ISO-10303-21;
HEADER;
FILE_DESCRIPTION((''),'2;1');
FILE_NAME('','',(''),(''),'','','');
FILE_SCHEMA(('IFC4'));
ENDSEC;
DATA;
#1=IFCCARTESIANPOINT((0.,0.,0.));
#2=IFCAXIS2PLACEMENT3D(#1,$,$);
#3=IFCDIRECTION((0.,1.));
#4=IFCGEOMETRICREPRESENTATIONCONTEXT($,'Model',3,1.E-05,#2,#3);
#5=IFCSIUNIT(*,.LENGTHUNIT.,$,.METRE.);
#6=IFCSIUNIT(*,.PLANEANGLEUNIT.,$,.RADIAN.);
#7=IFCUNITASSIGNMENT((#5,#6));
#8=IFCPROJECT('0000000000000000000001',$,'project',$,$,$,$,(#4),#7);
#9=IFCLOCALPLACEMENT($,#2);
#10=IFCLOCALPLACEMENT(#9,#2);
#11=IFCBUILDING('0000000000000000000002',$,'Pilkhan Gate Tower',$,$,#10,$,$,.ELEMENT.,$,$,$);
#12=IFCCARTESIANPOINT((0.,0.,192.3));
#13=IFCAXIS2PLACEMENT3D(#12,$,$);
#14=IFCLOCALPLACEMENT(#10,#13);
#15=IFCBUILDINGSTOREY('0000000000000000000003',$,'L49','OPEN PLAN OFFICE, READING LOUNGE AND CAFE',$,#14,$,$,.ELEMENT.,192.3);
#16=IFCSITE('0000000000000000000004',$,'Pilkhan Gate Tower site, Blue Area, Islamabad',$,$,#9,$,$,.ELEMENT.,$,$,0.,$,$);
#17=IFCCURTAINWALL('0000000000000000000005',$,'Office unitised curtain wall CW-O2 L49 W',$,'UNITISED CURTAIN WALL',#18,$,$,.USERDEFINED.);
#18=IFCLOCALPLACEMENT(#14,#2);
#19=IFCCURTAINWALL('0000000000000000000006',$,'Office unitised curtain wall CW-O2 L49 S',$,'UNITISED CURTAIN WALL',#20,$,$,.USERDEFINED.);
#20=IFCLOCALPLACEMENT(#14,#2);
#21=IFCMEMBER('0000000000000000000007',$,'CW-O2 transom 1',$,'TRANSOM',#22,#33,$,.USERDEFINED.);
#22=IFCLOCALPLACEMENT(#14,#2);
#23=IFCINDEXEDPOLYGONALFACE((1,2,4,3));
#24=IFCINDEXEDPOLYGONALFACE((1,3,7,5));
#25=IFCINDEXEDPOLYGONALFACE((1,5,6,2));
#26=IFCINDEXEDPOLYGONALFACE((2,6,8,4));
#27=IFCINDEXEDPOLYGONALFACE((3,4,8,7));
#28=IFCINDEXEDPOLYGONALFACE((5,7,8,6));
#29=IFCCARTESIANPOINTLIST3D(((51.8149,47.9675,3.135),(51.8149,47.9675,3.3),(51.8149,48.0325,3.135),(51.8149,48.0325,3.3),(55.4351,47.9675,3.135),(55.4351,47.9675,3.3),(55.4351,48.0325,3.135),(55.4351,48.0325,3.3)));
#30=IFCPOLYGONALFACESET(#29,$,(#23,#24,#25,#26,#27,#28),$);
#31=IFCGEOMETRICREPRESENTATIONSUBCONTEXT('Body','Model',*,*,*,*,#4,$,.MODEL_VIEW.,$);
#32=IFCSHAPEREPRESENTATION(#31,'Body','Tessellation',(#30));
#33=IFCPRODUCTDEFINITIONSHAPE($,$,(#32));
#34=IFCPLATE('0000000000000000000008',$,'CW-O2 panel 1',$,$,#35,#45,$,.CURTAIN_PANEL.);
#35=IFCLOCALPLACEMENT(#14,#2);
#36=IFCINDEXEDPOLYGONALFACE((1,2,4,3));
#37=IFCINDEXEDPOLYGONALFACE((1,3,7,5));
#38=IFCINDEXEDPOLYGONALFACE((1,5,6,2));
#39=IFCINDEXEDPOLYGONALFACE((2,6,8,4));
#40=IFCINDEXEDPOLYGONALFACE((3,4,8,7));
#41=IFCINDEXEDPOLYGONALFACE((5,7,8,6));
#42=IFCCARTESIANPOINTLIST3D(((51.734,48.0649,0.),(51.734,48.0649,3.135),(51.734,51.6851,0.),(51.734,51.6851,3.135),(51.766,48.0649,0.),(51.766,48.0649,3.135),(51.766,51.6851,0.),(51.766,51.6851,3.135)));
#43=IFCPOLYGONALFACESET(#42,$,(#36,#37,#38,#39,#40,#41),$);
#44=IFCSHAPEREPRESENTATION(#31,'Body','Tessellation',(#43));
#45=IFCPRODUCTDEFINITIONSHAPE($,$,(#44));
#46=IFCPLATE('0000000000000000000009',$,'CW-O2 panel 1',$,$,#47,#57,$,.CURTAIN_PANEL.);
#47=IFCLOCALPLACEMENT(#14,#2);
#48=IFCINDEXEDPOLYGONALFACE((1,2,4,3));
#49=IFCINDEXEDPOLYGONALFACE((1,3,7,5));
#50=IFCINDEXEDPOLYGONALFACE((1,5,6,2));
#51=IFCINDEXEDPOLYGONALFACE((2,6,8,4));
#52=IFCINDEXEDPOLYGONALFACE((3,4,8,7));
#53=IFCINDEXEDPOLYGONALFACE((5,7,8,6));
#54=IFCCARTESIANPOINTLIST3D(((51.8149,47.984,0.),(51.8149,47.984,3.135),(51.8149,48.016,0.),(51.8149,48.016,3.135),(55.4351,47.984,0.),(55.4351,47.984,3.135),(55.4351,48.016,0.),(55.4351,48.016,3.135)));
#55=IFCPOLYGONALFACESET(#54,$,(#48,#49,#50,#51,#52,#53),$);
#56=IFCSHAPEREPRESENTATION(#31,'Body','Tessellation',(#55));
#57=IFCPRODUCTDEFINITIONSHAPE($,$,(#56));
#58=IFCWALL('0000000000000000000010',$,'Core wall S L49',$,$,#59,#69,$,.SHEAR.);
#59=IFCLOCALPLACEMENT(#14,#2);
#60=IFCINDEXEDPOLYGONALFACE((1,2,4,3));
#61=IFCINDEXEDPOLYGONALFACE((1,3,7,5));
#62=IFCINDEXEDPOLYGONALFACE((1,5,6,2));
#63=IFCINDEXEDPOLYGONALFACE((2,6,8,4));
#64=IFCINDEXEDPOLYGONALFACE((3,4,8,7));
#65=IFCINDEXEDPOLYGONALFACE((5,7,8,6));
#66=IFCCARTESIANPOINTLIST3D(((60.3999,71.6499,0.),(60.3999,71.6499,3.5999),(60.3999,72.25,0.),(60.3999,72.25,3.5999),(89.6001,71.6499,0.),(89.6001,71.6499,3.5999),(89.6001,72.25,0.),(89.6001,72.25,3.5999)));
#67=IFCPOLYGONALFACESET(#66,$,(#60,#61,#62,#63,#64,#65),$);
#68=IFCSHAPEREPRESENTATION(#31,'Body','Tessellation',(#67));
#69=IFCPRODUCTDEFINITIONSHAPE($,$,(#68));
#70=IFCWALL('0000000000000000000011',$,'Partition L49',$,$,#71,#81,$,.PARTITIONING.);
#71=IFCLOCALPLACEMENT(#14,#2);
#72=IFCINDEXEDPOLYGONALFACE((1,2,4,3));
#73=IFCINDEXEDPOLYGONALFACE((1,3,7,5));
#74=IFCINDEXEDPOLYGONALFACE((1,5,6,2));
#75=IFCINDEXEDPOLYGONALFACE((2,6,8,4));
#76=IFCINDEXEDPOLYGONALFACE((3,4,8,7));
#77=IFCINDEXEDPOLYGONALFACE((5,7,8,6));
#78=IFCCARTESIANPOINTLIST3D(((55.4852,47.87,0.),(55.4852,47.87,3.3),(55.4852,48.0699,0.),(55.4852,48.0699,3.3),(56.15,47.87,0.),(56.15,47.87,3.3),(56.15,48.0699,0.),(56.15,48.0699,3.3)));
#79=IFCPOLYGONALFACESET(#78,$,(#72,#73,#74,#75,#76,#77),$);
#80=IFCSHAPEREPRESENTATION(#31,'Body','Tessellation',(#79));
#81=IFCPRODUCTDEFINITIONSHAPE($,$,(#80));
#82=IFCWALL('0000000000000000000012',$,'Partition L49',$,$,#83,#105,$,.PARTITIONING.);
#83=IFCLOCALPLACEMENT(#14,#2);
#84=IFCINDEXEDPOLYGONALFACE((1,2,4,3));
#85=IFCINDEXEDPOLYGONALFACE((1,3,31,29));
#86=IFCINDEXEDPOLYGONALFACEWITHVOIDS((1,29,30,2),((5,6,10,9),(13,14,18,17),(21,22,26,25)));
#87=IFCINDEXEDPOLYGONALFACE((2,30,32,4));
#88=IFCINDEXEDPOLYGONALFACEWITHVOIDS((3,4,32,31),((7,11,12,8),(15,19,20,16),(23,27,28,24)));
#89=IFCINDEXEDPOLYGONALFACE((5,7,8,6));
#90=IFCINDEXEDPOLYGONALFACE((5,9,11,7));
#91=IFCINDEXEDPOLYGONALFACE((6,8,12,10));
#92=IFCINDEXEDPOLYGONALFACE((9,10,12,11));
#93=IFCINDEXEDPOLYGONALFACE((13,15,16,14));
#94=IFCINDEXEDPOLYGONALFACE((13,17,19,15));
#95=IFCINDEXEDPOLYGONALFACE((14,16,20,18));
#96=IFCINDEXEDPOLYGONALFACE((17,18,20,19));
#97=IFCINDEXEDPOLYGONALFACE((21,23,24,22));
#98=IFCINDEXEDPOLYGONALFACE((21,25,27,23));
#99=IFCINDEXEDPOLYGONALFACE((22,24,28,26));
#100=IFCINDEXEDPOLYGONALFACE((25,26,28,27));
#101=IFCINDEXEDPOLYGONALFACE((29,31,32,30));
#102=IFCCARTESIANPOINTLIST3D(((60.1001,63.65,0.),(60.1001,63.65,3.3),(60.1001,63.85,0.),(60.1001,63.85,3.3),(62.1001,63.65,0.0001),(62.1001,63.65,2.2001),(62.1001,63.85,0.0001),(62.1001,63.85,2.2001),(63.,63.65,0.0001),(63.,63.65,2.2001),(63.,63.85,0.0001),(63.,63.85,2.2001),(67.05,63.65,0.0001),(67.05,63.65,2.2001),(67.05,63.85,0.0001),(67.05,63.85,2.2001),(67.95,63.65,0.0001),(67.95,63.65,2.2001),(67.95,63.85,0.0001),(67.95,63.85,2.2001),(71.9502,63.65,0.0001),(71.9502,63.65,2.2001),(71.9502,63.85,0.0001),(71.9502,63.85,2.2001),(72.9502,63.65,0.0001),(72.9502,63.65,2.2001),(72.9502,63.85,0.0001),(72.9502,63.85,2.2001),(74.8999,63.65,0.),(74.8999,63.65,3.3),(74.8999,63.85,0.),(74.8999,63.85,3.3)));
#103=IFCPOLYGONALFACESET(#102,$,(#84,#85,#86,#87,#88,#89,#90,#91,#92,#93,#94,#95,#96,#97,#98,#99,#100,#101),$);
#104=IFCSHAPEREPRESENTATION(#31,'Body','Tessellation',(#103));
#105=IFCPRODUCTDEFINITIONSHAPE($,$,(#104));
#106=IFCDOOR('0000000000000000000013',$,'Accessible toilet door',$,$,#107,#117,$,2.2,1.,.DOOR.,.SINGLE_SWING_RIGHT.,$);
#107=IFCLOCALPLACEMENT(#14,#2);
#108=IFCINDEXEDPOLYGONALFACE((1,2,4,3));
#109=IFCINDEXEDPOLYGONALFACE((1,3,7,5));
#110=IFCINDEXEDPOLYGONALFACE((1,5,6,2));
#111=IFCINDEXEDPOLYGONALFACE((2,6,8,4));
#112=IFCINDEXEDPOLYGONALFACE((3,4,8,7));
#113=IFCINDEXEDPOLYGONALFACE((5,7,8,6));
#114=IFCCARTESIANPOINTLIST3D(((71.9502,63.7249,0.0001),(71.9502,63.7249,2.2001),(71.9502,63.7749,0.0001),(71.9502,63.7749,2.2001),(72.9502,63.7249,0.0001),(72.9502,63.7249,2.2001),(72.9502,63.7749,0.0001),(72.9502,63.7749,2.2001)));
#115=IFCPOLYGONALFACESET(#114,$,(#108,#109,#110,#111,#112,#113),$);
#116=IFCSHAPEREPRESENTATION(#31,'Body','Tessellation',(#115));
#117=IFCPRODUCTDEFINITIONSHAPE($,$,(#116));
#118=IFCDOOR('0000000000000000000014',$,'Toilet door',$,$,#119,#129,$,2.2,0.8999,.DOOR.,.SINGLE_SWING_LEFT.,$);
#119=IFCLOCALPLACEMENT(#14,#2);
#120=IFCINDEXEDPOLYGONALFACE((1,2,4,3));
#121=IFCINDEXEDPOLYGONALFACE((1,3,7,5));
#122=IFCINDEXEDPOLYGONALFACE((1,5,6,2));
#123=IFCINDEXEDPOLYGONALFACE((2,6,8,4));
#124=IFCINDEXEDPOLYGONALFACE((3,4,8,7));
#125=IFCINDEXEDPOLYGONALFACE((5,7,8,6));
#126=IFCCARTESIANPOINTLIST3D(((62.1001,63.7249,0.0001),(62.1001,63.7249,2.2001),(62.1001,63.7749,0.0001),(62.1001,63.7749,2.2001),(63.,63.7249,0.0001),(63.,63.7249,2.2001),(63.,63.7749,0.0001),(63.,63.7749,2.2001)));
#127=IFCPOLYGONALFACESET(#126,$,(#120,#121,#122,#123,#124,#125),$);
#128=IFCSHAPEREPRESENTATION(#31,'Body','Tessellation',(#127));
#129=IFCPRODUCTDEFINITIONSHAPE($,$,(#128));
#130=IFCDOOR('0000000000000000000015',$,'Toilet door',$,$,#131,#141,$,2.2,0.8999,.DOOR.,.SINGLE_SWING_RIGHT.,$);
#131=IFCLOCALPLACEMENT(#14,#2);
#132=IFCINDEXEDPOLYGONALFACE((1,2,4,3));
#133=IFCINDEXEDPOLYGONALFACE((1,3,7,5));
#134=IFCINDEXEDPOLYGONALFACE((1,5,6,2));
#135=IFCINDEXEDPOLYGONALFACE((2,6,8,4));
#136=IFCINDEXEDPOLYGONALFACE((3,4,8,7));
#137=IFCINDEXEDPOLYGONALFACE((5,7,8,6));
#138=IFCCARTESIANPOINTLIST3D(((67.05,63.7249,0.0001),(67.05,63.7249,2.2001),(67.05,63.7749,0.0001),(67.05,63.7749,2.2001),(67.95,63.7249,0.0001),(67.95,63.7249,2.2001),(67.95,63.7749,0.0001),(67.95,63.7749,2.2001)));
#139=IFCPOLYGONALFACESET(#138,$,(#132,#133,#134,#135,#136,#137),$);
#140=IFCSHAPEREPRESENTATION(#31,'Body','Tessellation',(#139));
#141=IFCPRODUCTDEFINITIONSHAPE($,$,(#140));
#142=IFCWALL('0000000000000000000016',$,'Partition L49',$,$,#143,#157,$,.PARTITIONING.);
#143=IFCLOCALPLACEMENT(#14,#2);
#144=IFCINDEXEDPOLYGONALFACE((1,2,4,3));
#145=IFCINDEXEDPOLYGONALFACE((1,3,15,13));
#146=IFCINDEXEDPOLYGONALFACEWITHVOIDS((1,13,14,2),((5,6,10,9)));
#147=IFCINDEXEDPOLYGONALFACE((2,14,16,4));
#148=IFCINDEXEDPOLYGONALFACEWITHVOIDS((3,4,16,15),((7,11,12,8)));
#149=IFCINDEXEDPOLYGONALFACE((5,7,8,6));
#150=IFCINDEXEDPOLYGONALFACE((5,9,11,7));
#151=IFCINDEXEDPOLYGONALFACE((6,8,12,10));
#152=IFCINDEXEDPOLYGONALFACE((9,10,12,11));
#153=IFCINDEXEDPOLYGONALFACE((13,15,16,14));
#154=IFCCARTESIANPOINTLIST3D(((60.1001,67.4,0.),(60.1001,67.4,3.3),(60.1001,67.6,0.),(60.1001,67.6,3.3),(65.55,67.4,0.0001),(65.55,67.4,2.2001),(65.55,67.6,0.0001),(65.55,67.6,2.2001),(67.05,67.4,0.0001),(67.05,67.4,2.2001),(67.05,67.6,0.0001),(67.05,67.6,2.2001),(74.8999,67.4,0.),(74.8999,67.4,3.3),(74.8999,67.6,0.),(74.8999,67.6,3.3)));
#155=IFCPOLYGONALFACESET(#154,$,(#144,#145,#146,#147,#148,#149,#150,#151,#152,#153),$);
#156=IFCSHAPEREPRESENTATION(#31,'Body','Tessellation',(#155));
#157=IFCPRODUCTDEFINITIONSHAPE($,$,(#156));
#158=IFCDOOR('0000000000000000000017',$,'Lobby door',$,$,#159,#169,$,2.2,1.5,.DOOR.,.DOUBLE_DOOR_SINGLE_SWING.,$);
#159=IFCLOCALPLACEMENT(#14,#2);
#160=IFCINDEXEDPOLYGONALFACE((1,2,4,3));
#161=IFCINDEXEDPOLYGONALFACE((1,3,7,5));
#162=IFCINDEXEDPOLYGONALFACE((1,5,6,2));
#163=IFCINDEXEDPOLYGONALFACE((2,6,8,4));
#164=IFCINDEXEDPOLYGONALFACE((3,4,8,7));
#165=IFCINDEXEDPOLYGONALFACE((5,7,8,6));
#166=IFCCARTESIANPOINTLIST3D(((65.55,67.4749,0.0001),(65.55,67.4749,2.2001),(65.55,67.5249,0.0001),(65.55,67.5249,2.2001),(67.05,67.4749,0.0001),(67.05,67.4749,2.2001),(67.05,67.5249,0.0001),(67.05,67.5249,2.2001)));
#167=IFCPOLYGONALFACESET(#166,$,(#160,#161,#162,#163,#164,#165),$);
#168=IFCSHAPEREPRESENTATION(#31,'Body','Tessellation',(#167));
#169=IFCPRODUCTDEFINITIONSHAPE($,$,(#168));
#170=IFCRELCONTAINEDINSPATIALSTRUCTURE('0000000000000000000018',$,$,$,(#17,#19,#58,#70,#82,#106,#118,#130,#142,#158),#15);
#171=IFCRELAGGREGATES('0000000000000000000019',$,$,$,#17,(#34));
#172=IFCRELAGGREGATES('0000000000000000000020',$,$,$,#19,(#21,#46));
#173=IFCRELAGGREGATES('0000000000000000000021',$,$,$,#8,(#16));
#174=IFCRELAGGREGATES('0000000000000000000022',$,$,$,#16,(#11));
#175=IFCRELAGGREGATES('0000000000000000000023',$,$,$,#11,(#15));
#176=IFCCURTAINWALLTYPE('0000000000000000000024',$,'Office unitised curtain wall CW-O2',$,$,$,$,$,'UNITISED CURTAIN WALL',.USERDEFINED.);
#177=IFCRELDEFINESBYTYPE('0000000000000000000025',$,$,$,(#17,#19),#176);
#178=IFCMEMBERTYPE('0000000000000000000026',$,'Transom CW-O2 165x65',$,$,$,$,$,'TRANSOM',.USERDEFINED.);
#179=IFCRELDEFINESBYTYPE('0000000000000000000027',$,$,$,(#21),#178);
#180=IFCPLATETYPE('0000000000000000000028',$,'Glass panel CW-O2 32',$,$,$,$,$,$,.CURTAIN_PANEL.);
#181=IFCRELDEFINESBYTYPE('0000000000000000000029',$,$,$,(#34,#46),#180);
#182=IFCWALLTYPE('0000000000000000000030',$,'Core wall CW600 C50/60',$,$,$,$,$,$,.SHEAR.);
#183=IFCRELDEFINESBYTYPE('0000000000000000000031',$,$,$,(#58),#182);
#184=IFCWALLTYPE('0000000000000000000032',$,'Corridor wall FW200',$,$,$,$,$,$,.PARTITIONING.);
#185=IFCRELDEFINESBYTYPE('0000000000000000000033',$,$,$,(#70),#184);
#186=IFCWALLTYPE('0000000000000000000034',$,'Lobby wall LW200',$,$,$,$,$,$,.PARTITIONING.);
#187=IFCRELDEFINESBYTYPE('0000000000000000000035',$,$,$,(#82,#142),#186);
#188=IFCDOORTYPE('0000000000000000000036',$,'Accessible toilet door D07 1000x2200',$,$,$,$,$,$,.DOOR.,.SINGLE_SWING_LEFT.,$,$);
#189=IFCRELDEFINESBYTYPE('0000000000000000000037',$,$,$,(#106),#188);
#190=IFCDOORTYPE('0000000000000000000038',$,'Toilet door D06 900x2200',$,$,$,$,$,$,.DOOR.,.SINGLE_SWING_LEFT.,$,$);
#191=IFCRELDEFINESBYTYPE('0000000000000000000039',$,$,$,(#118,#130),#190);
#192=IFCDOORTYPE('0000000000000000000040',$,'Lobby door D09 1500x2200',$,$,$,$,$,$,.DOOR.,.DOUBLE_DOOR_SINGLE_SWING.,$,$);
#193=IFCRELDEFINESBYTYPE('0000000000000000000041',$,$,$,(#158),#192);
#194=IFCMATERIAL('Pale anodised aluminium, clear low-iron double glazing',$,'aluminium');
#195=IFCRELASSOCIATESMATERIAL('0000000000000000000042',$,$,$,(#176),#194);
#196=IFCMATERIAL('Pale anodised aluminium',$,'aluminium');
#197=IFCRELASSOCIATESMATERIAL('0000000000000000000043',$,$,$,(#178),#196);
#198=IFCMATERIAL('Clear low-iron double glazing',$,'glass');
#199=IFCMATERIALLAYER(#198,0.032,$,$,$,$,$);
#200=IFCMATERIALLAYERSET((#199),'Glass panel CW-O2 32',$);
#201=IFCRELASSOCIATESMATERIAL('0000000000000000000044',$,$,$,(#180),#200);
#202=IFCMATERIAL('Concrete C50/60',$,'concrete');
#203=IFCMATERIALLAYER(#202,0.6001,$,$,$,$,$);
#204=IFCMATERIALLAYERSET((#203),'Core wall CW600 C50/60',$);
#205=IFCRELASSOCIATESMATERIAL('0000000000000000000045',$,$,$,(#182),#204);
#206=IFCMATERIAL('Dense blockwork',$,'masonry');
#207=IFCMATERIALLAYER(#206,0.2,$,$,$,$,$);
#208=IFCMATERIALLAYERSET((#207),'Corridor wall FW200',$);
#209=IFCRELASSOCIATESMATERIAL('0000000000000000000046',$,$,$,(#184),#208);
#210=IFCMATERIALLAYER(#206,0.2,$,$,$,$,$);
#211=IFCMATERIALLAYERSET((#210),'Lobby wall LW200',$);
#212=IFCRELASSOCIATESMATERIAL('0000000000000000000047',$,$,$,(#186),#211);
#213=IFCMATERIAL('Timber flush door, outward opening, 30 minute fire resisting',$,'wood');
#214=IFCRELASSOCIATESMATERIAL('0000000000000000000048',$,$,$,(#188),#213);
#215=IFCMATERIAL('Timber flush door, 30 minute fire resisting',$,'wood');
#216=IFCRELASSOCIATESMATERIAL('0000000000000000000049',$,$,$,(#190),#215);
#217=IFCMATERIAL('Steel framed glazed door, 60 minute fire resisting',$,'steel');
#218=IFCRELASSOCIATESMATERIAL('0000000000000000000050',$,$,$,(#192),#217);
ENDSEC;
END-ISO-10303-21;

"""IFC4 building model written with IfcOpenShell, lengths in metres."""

from ifc_helpers import new_model, si_unit, direction, frame, frame_2d, origin, origin_2d, place, context, subcontext, project, spatial, rectangle, extrude, material, layer, layer_set, material_profile, profile_set, type_object, element, fill, aggregate, save


model = new_model("IFC4")

# Units and contexts
model_context = context("Model", 3, precision=1e-05, world=origin(), true_north=direction((0.0, 1.0)))
body_context = subcontext(model_context, "Body", "Model", "MODEL_VIEW")
ifc_project = project(units=[si_unit("LENGTHUNIT", "METRE"), si_unit("PLANEANGLEUNIT", "RADIAN")], contexts=[model_context])

# Site, building, storey
site_placement = place(None, origin())
site = spatial("IfcSite", under=ifc_project, at=site_placement, Name="Pilkhan Gate Tower site, Blue Area, Islamabad", CompositionType="ELEMENT", RefElevation=0.0)
building_placement = place(site_placement, origin())
building = spatial("IfcBuilding", under=site, at=building_placement, Name="Pilkhan Gate Tower", CompositionType="ELEMENT")
storey_placement = place(building_placement, frame((0.0, 0.0, 192.3)))
storey = spatial("IfcBuildingStorey", under=building, at=storey_placement, Name="L49", Description="OPEN PLAN OFFICE, READING LOUNGE AND CAFE", CompositionType="ELEMENT", Elevation=192.3)

# Shared definitions
ifc_material_1 = material(Name="Concrete C50/60", Category="concrete")

# Shared definitions
ifc_material_2 = material(Name="Pale anodised aluminium, clear low-iron double glazing", Category="aluminium")
curtain_wall_type = type_object("IfcCurtainWallType", Name="Office unitised curtain wall CW-O2", ElementType="UNITISED CURTAIN WALL", PredefinedType="USERDEFINED", material=ifc_material_2)
ifc_material_3 = material(Name="Pale anodised aluminium", Category="aluminium")

# Curtain walls
curtain_wall_1_placement = place(storey_placement, origin())
curtain_wall_1 = element("IfcCurtainWall", 1, at=curtain_wall_1_placement, inside=storey, type_object=curtain_wall_type, Name="Office unitised curtain wall CW-O2 L49 W", ObjectType="UNITISED CURTAIN WALL", PredefinedType="USERDEFINED")
curtain_wall_2_placement = place(storey_placement, origin())
curtain_wall_2 = element("IfcCurtainWall", 2, at=curtain_wall_2_placement, inside=storey, type_object=curtain_wall_type, Name="Office unitised curtain wall CW-O2 L49 S", ObjectType="UNITISED CURTAIN WALL", PredefinedType="USERDEFINED")

# Member
ifc_material_profile_1 = material_profile(ifc_material_3, rectangle(XDim=0.0649, YDim=0.165, at=origin_2d()), Name="Transom 165x65")
ifc_profile_set_1 = profile_set([ifc_material_profile_1], Name="Pale anodised aluminium")
member_type_1 = type_object("IfcMemberType", Name="Transom CW-O2 165x65", ElementType="TRANSOM", PredefinedType="USERDEFINED", material=ifc_profile_set_1)
member_1_placement = place(storey_placement, frame((51.8149, 48.0, 3.2175), z_axis=(1.0, 0.0, 0.0), x_axis=(0.0, 1.0, 0.0)))
member_1 = element("IfcMember", 3, at=member_1_placement, type_object=member_type_1, Name="CW-O2 transom 1", ObjectType="TRANSOM", PredefinedType="USERDEFINED", context=body_context, shape_type="SweptSolid", body=[
    extrude(rectangle(XDim=0.0649, YDim=0.165, at=origin_2d()), origin(), (0.0, 0.0, 1.0), 3.6201),
])

# Plates
ifc_material_4 = material(Name="Clear low-iron double glazing", Category="glass")
ifc_layer_1 = layer(ifc_material_4, 0.032)
ifc_layer_set_1 = layer_set([ifc_layer_1], Name="Glass panel CW-O2 32")
plate_type = type_object("IfcPlateType", Name="Glass panel CW-O2 32", PredefinedType="CURTAIN_PANEL", material=ifc_layer_set_1)
plate_1_placement = place(storey_placement, frame((51.75, 49.875, 0.0), z_axis=(0.0, 0.0, 1.0), x_axis=(0.0, 1.0, 0.0)))
plate_1 = element("IfcPlate", 4, at=plate_1_placement, type_object=plate_type, Name="CW-O2 panel 1", PredefinedType="CURTAIN_PANEL", context=body_context, shape_type="SweptSolid", body=[
    extrude(rectangle(XDim=3.6201, YDim=0.032, at=origin_2d()), origin(), (0.0, 0.0, 1.0), 3.135),
])
aggregate(curtain_wall_1, [plate_1])
plate_2_placement = place(storey_placement, frame((53.625, 48.0, 0.0), z_axis=(0.0, 0.0, 1.0), x_axis=(1.0, 0.0, 0.0)))
plate_2 = element("IfcPlate", 5, at=plate_2_placement, type_object=plate_type, Name="CW-O2 panel 1", PredefinedType="CURTAIN_PANEL", context=body_context, shape_type="SweptSolid", body=[
    extrude(rectangle(XDim=3.6201, YDim=0.032, at=origin_2d()), origin(), (0.0, 0.0, 1.0), 3.135),
])
aggregate(curtain_wall_2, [member_1, plate_2])

# Walls
ifc_layer_2 = layer(ifc_material_1, 0.6001)
ifc_layer_set_2 = layer_set([ifc_layer_2], Name="Core wall CW600 C50/60")
wall_type_1 = type_object("IfcWallType", Name="Core wall CW600 C50/60", PredefinedType="SHEAR", material=ifc_layer_set_2)
wall_1_placement = place(storey_placement, frame((60.3999, 71.95, 0.0), z_axis=(0.0, 0.0, 1.0), x_axis=(1.0, 0.0, 0.0)))
element("IfcWall", 6, at=wall_1_placement, inside=storey, type_object=wall_type_1, Name="Core wall S L49", PredefinedType="SHEAR", context=body_context, shape_type="SweptSolid", body=[
    extrude(rectangle(XDim=29.2002, YDim=0.6001, at=frame_2d((14.6001, 0.0))), origin(), (0.0, 0.0, 1.0), 3.5999),
])
ifc_material_5 = material(Name="Dense blockwork", Category="masonry")
ifc_layer_3 = layer(ifc_material_5, 0.2)
ifc_layer_set_3 = layer_set([ifc_layer_3], Name="Corridor wall FW200")
wall_type_2 = type_object("IfcWallType", Name="Corridor wall FW200", PredefinedType="PARTITIONING", material=ifc_layer_set_3)
wall_2_placement = place(storey_placement, frame((55.4851, 47.97, 0.0), z_axis=(0.0, 0.0, 1.0), x_axis=(1.0, 0.0, 0.0)))
element("IfcWall", 7, at=wall_2_placement, inside=storey, type_object=wall_type_2, Name="Partition L49", PredefinedType="PARTITIONING", context=body_context, shape_type="SweptSolid", body=[
    extrude(rectangle(XDim=0.6648, YDim=0.2, at=frame_2d((0.3325, 0.0))), origin(), (0.0, 0.0, 1.0), 3.3),
])

# Wall, openings, doors
ifc_layer_4 = layer(ifc_material_5, 0.2)
ifc_layer_set_4 = layer_set([ifc_layer_4], Name="Lobby wall LW200")
wall_type_3 = type_object("IfcWallType", Name="Lobby wall LW200", PredefinedType="PARTITIONING", material=ifc_layer_set_4)
wall_3_placement = place(storey_placement, frame((60.1001, 63.75, 0.0), z_axis=(0.0, 0.0, 1.0), x_axis=(1.0, 0.0, 0.0)))
wall_3 = element("IfcWall", 8, at=wall_3_placement, inside=storey, type_object=wall_type_3, Name="Partition L49", PredefinedType="PARTITIONING", context=body_context, shape_type="SweptSolid", body=[
    extrude(rectangle(XDim=14.7998, YDim=0.2, at=frame_2d((7.3999, 0.0))), origin(), (0.0, 0.0, 1.0), 3.3),
])
opening_1_placement = place(wall_3_placement, frame((2.0, 0.0, 0.0)))
opening_1 = element("IfcOpeningElement", 9, at=opening_1_placement, cuts=wall_3, PredefinedType="OPENING", context=body_context, shape_type="SweptSolid", body=[
    extrude(rectangle(XDim=0.8999, YDim=2.2, at=frame_2d((0.45, 1.1001))), frame((0.0, 0.1099, 0.0), z_axis=(0.0, -1.0, 0.0), x_axis=(1.0, 0.0, 0.0)), (0.0, 0.0, 1.0), 0.22),
])
opening_2_placement = place(wall_3_placement, frame((6.95, 0.0, 0.0)))
opening_2 = element("IfcOpeningElement", 10, at=opening_2_placement, cuts=wall_3, PredefinedType="OPENING", context=body_context, shape_type="SweptSolid", body=[
    extrude(rectangle(XDim=0.8999, YDim=2.2, at=frame_2d((0.45, 1.1001))), frame((0.0, 0.1099, 0.0), z_axis=(0.0, -1.0, 0.0), x_axis=(1.0, 0.0, 0.0)), (0.0, 0.0, 1.0), 0.22),
])
opening_3_placement = place(wall_3_placement, frame((11.8501, 0.0, 0.0)))
opening_3 = element("IfcOpeningElement", 11, at=opening_3_placement, cuts=wall_3, PredefinedType="OPENING", context=body_context, shape_type="SweptSolid", body=[
    extrude(rectangle(XDim=1.0, YDim=2.2, at=frame_2d((0.5, 1.1001))), frame((0.0, 0.1099, 0.0), z_axis=(0.0, -1.0, 0.0), x_axis=(1.0, 0.0, 0.0)), (0.0, 0.0, 1.0), 0.22),
])
ifc_material_6 = material(Name="Timber flush door, outward opening, 30 minute fire resisting", Category="wood")
door_type_1 = type_object("IfcDoorType", Name="Accessible toilet door D07 1000x2200", OperationType="SINGLE_SWING_LEFT", PredefinedType="DOOR", material=ifc_material_6)
door_1_placement = place(opening_3_placement, origin())
door_1 = element("IfcDoor", 12, at=door_1_placement, inside=storey, type_object=door_type_1, Name="Accessible toilet door", OperationType="SINGLE_SWING_RIGHT", OverallHeight=2.2, OverallWidth=1.0, PredefinedType="DOOR", context=body_context, shape_type="SweptSolid", body=[
    extrude(rectangle(XDim=1.0, YDim=2.2, at=frame_2d((0.5, 1.1001))), frame((0.0, 0.0249, 0.0), z_axis=(0.0, -1.0, 0.0), x_axis=(1.0, 0.0, 0.0)), (0.0, 0.0, 1.0), 0.05),
])
fill(opening_3, door_1)
ifc_material_7 = material(Name="Timber flush door, 30 minute fire resisting", Category="wood")
door_type_2 = type_object("IfcDoorType", Name="Toilet door D06 900x2200", OperationType="SINGLE_SWING_LEFT", PredefinedType="DOOR", material=ifc_material_7)
door_2_placement = place(opening_1_placement, origin())
door_2 = element("IfcDoor", 13, at=door_2_placement, inside=storey, type_object=door_type_2, Name="Toilet door", OperationType="SINGLE_SWING_LEFT", OverallHeight=2.2, OverallWidth=0.8999, PredefinedType="DOOR", context=body_context, shape_type="SweptSolid", body=[
    extrude(rectangle(XDim=0.8999, YDim=2.2, at=frame_2d((0.45, 1.1001))), frame((0.0, 0.0249, 0.0), z_axis=(0.0, -1.0, 0.0), x_axis=(1.0, 0.0, 0.0)), (0.0, 0.0, 1.0), 0.05),
])
fill(opening_1, door_2)
door_3_placement = place(opening_2_placement, origin())
door_3 = element("IfcDoor", 14, at=door_3_placement, inside=storey, type_object=door_type_2, Name="Toilet door", OperationType="SINGLE_SWING_RIGHT", OverallHeight=2.2, OverallWidth=0.8999, PredefinedType="DOOR", context=body_context, shape_type="SweptSolid", body=[
    extrude(rectangle(XDim=0.8999, YDim=2.2, at=frame_2d((0.45, 1.1001))), frame((0.0, 0.0249, 0.0), z_axis=(0.0, -1.0, 0.0), x_axis=(1.0, 0.0, 0.0)), (0.0, 0.0, 1.0), 0.05),
])
fill(opening_2, door_3)

# Wall, opening, door
wall_4_placement = place(storey_placement, frame((60.1001, 67.5, 0.0), z_axis=(0.0, 0.0, 1.0), x_axis=(1.0, 0.0, 0.0)))
wall_4 = element("IfcWall", 15, at=wall_4_placement, inside=storey, type_object=wall_type_3, Name="Partition L49", PredefinedType="PARTITIONING", context=body_context, shape_type="SweptSolid", body=[
    extrude(rectangle(XDim=14.7998, YDim=0.2, at=frame_2d((7.3999, 0.0))), origin(), (0.0, 0.0, 1.0), 3.3),
])
opening_4_placement = place(wall_4_placement, frame((5.45, 0.0, 0.0)))
opening_4 = element("IfcOpeningElement", 16, at=opening_4_placement, cuts=wall_4, PredefinedType="OPENING", context=body_context, shape_type="SweptSolid", body=[
    extrude(rectangle(XDim=1.5, YDim=2.2, at=frame_2d((0.75, 1.1001))), frame((0.0, 0.1099, 0.0), z_axis=(0.0, -1.0, 0.0), x_axis=(1.0, 0.0, 0.0)), (0.0, 0.0, 1.0), 0.22),
])
ifc_material_8 = material(Name="Steel framed glazed door, 60 minute fire resisting", Category="steel")
door_type_3 = type_object("IfcDoorType", Name="Lobby door D09 1500x2200", OperationType="DOUBLE_DOOR_SINGLE_SWING", PredefinedType="DOOR", material=ifc_material_8)
door_4_placement = place(opening_4_placement, origin())
door_4 = element("IfcDoor", 17, at=door_4_placement, inside=storey, type_object=door_type_3, Name="Lobby door", OperationType="DOUBLE_DOOR_SINGLE_SWING", OverallHeight=2.2, OverallWidth=1.5, PredefinedType="DOOR", context=body_context, shape_type="SweptSolid", body=[
    extrude(rectangle(XDim=1.5, YDim=2.2, at=frame_2d((0.75, 1.1001))), frame((0.0, 0.0249, 0.0), z_axis=(0.0, -1.0, 0.0), x_axis=(1.0, 0.0, 0.0)), (0.0, 0.0, 1.0), 0.05),
])
fill(opening_4, door_4)

save(model, "model.ifc")
